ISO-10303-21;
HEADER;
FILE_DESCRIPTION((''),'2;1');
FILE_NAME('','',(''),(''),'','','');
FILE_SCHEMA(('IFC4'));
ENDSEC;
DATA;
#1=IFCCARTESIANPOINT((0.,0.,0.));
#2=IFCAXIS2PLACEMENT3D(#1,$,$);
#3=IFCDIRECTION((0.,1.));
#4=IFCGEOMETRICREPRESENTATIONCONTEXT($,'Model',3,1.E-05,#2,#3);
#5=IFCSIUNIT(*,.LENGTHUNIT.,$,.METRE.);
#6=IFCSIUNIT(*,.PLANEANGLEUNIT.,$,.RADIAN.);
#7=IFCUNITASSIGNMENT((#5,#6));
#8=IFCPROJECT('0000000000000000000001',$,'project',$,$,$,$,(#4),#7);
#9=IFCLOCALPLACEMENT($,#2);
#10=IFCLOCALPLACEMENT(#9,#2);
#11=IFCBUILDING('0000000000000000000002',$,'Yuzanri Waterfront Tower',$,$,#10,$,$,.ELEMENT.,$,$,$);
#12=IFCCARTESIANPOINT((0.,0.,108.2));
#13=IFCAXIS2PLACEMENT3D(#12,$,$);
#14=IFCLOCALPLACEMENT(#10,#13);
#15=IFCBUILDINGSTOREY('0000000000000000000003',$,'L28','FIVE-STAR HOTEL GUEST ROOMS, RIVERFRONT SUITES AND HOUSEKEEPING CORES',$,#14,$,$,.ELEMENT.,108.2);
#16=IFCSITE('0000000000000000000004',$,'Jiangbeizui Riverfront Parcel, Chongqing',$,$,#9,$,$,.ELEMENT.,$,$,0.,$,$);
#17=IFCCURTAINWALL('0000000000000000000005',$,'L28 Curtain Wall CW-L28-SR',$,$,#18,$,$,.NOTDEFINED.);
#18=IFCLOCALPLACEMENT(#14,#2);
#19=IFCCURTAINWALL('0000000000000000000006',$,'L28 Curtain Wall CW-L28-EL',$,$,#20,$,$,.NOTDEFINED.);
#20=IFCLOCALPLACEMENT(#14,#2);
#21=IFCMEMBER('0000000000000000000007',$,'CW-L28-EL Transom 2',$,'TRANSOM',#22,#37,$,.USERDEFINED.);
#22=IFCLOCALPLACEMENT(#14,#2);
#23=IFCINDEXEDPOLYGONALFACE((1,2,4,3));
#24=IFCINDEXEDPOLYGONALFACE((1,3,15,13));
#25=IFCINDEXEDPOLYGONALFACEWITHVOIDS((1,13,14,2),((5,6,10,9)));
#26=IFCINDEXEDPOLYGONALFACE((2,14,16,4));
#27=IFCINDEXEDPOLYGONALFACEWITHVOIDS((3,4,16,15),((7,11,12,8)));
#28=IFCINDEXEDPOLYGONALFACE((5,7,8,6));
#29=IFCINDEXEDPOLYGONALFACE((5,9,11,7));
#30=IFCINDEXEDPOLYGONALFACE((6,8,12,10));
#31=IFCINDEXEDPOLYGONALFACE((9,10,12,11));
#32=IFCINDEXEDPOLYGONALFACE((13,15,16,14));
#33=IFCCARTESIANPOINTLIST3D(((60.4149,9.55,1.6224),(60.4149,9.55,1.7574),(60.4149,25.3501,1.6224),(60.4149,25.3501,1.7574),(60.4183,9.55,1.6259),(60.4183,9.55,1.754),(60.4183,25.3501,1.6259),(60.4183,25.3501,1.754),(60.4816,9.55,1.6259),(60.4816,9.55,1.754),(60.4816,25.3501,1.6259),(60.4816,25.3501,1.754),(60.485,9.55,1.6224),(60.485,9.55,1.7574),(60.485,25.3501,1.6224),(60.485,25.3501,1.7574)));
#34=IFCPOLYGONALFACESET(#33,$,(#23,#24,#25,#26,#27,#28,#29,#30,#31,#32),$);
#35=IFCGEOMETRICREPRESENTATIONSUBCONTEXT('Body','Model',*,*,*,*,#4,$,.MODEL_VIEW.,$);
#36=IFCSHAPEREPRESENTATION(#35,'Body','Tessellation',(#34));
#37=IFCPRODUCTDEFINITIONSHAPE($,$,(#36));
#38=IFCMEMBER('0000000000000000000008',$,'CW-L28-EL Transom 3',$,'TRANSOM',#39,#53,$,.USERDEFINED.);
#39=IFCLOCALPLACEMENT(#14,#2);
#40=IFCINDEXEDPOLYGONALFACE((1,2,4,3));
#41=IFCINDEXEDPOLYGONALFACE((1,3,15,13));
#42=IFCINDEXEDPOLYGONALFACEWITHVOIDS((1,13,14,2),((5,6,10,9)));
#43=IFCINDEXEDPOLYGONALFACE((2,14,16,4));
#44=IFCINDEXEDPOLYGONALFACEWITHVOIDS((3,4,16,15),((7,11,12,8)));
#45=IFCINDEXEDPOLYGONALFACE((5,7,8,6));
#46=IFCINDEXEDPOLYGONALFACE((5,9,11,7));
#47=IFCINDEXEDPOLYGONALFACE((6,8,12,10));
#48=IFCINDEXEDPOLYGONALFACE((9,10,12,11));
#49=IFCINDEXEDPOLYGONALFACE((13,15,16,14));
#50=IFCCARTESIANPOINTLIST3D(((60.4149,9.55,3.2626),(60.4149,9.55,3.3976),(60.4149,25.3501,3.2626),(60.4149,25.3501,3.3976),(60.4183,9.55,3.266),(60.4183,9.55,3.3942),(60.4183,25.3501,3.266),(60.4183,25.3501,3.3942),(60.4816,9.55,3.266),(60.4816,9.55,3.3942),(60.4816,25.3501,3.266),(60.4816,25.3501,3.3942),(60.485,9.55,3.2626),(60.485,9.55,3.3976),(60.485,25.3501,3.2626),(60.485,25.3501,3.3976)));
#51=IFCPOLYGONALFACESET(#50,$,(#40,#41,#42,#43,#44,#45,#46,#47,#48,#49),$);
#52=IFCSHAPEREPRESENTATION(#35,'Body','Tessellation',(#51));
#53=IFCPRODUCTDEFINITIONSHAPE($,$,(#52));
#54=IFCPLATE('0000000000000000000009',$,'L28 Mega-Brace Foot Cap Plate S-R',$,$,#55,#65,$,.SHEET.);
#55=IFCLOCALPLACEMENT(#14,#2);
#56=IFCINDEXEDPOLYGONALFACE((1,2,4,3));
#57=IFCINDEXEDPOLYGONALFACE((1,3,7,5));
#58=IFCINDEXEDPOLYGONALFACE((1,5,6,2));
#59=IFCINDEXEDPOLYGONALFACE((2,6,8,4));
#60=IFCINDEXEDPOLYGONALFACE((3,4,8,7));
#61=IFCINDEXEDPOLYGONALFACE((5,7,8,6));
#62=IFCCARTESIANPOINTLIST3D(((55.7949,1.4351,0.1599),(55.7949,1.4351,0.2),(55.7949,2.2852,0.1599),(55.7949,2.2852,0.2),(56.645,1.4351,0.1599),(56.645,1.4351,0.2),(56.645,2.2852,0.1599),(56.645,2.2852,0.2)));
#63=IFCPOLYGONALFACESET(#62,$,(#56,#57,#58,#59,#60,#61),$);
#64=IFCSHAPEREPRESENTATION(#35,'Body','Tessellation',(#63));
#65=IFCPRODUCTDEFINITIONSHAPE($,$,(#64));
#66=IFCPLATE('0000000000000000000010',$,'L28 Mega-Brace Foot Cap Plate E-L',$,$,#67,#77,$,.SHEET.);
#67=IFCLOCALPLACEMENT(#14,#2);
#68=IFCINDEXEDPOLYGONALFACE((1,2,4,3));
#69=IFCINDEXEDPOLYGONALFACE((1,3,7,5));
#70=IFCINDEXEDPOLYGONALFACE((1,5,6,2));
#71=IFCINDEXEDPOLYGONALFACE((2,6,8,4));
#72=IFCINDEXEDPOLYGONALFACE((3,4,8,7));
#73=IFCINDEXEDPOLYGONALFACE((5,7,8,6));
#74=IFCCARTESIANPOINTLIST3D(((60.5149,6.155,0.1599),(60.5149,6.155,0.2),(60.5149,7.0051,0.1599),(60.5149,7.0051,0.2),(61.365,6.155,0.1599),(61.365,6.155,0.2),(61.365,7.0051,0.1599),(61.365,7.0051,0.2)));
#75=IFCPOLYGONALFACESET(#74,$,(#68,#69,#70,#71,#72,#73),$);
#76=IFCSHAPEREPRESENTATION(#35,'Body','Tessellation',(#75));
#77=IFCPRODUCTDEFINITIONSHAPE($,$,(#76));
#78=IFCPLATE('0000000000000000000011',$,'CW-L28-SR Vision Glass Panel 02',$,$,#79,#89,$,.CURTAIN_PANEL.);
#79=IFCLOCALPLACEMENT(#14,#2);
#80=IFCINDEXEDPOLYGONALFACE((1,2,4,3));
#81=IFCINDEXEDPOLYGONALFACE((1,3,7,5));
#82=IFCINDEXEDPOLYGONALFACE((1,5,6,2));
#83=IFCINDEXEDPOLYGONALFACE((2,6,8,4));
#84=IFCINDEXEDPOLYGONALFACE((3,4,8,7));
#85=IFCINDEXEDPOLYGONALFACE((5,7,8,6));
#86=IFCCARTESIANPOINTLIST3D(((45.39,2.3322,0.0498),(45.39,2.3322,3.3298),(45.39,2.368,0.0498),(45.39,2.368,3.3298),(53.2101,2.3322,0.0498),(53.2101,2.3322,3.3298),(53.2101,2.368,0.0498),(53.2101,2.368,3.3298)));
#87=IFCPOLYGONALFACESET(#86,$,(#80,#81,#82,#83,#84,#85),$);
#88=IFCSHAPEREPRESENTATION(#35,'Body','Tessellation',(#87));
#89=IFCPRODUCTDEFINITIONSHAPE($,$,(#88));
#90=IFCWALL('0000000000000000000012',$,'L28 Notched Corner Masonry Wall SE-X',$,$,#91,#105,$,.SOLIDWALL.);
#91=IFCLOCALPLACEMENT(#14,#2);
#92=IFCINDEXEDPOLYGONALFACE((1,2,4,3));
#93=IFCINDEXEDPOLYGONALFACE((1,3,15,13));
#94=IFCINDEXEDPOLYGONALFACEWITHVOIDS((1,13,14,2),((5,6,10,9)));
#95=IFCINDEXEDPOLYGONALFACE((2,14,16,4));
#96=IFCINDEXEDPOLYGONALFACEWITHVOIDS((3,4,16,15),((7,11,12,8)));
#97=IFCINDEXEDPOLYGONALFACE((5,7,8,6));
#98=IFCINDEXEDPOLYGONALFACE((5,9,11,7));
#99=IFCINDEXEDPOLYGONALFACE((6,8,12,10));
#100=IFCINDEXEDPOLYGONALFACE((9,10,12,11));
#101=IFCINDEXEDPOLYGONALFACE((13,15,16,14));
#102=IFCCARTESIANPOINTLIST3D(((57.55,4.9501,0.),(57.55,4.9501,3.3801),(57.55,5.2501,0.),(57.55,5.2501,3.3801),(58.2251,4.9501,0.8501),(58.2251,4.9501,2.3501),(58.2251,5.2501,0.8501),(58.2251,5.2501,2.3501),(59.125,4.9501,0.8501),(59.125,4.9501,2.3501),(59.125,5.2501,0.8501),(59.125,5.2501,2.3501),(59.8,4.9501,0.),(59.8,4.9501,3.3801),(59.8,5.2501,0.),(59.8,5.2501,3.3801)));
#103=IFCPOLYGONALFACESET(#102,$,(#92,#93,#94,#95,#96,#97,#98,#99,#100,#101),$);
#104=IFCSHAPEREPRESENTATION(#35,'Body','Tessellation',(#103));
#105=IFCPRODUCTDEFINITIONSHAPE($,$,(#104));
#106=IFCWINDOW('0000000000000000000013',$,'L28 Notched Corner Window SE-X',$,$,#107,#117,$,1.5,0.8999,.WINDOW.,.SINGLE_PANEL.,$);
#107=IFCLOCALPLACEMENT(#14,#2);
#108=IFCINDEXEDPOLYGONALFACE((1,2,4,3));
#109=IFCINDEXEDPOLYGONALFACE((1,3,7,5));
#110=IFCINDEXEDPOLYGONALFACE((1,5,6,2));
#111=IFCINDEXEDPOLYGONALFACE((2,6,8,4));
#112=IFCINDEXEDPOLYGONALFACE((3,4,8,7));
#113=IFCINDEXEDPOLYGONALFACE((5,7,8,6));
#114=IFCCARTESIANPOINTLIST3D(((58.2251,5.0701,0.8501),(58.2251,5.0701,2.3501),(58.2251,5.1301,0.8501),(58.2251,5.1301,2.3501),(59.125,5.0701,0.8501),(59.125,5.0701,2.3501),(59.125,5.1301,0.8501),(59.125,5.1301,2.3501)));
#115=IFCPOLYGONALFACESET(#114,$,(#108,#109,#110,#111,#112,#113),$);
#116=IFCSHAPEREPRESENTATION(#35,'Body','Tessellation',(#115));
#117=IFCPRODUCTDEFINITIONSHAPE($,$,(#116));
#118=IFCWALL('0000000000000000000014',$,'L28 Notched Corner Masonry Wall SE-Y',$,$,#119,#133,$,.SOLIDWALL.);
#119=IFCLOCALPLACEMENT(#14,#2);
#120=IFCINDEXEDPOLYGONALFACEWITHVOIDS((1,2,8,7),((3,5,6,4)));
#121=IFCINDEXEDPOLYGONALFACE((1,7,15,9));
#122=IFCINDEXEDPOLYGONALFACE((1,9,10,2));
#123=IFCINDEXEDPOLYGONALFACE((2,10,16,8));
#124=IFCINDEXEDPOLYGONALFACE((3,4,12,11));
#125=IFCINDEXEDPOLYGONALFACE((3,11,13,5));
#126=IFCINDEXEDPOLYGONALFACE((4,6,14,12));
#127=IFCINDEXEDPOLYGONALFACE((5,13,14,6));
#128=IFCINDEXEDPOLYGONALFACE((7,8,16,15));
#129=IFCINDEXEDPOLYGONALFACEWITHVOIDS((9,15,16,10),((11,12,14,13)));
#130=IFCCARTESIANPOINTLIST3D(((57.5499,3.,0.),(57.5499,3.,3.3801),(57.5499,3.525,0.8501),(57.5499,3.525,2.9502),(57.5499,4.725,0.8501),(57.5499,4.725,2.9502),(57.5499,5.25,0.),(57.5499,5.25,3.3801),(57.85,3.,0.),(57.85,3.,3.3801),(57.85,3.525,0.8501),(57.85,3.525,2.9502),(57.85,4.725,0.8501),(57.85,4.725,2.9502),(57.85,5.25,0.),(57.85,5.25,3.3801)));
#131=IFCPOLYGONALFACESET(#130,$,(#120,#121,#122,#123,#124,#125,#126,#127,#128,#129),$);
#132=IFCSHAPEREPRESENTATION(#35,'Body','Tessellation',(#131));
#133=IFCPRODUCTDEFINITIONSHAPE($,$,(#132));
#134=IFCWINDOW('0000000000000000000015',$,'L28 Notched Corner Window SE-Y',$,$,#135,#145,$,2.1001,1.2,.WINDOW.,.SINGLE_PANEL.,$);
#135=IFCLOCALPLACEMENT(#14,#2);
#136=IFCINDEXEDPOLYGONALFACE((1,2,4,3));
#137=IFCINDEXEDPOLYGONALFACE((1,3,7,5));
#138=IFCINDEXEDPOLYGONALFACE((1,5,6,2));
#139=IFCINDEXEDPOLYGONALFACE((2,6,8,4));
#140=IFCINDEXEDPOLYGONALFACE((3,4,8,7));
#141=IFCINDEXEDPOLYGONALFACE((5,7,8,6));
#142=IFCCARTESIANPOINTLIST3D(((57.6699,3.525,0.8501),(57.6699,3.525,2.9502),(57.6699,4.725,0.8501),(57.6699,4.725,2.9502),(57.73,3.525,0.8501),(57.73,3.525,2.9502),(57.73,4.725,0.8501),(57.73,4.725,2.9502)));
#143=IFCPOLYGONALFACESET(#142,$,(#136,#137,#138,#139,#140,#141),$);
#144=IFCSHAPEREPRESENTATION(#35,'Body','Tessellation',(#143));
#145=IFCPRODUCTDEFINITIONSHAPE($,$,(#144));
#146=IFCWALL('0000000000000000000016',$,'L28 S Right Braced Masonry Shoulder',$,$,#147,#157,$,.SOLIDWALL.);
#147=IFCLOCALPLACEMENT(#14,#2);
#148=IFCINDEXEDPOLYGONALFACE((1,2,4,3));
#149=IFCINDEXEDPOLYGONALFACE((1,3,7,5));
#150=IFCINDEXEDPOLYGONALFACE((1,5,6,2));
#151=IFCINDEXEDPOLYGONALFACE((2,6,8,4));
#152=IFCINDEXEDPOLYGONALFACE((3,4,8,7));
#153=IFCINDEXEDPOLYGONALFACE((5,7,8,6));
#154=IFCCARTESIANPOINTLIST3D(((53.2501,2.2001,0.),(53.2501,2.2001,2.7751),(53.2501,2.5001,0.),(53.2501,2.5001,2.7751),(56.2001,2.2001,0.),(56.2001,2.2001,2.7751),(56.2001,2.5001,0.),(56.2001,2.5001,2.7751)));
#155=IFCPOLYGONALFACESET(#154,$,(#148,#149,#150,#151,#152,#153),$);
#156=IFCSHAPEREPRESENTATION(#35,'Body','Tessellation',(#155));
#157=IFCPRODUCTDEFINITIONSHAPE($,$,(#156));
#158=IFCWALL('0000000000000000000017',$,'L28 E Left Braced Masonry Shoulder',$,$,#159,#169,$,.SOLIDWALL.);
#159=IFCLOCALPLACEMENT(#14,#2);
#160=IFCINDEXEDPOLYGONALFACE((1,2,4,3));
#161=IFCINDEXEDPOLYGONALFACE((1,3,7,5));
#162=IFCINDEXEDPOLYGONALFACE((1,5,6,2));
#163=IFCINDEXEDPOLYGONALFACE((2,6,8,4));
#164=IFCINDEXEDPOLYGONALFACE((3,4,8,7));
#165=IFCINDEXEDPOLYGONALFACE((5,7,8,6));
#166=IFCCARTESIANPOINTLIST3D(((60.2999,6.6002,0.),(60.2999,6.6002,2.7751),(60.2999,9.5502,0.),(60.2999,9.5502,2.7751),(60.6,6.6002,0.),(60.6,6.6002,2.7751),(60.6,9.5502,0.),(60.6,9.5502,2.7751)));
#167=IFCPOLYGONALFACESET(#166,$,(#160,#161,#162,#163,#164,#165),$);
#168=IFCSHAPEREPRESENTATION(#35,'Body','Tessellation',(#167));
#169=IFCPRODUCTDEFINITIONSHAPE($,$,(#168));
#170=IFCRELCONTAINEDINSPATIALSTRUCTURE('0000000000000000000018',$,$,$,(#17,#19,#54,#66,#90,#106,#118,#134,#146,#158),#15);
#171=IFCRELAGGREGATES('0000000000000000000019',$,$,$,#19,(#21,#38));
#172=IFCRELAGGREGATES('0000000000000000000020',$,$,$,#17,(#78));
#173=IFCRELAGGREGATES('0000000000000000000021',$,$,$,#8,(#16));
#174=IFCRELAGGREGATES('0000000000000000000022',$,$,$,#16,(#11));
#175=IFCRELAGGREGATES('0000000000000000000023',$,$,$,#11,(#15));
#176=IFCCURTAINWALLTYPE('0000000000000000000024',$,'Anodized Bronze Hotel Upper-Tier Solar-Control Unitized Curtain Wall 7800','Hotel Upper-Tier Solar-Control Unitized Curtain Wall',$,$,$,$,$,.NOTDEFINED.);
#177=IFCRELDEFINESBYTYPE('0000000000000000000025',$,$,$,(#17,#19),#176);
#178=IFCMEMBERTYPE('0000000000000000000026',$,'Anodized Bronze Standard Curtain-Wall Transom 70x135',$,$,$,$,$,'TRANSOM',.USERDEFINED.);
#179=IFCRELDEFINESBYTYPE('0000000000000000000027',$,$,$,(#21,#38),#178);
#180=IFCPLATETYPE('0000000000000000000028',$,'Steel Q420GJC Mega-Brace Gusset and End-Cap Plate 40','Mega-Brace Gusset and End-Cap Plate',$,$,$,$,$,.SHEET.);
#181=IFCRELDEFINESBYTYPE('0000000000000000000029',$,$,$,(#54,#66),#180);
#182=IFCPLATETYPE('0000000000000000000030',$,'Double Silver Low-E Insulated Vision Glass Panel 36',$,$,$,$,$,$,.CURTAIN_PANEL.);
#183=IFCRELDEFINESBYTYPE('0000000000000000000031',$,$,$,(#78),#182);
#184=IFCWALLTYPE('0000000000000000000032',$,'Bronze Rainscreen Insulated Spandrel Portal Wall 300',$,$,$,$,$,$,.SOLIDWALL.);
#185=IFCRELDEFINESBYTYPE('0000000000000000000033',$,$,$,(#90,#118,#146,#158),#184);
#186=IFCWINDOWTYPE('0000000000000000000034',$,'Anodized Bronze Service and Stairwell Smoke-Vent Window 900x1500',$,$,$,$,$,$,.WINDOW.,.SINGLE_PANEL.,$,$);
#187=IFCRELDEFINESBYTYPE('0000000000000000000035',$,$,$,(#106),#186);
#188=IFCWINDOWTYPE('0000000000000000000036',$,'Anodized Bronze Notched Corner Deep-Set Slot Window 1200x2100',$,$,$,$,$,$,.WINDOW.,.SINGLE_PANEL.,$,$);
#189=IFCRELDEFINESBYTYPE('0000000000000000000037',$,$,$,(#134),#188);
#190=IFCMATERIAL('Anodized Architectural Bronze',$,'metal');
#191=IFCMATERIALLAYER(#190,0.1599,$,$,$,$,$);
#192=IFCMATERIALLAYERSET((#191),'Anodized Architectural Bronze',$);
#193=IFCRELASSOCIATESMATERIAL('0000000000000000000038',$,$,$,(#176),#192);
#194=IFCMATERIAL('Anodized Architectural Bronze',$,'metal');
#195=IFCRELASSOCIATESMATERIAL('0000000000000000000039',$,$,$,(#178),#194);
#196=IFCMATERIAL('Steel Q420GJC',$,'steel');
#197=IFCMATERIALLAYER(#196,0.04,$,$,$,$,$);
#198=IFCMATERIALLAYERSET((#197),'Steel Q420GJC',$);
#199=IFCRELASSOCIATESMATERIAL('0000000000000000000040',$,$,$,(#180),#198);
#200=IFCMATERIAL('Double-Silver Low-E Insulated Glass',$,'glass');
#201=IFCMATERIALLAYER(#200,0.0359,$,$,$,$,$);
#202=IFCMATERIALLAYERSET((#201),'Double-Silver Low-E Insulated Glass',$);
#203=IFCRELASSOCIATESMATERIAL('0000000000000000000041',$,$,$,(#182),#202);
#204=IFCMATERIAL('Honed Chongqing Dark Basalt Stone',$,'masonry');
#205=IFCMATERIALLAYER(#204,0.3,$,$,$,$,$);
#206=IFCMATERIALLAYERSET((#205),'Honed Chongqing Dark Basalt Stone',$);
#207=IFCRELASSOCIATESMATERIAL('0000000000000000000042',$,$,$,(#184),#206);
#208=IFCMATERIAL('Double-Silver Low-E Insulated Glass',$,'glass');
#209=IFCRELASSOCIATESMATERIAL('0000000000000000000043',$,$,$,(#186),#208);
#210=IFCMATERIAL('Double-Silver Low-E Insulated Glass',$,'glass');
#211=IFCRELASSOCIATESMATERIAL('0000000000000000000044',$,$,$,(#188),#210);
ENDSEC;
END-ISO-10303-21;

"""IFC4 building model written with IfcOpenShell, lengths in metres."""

from ifc_helpers import new_model, si_unit, direction, frame, frame_2d, origin, origin_2d, place, context, subcontext, project, spatial, rectangle, hollow_rectangle, extrude, source, transform, mapped, material, layer, layer_set, material_profile, profile_set, type_object, element, fill, aggregate, save


model = new_model("IFC4")

# Units and contexts
model_context = context("Model", 3, precision=1e-05, world=origin(), true_north=direction((0.0, 1.0)))
body_context = subcontext(model_context, "Body", "Model", "MODEL_VIEW")
ifc_project = project(units=[si_unit("LENGTHUNIT", "METRE"), si_unit("PLANEANGLEUNIT", "RADIAN")], contexts=[model_context])

# Site, building, storey
site_placement = place(None, origin())
site = spatial("IfcSite", under=ifc_project, at=site_placement, Name="Jiangbeizui Riverfront Parcel, Chongqing", CompositionType="ELEMENT", RefElevation=0.0)
building_placement = place(site_placement, origin())
building = spatial("IfcBuilding", under=site, at=building_placement, Name="Yuzanri Waterfront Tower", CompositionType="ELEMENT")
storey_placement = place(building_placement, frame((0.0, 0.0, 108.2)))
storey = spatial("IfcBuildingStorey", under=building, at=storey_placement, Name="L28", Description="FIVE-STAR HOTEL GUEST ROOMS, RIVERFRONT SUITES AND HOUSEKEEPING CORES", CompositionType="ELEMENT", Elevation=108.2)

# Curtain walls, members
ifc_material_1 = material(Name="Anodized Architectural Bronze", Category="metal")
ifc_layer_1 = layer(ifc_material_1, 0.1599)
ifc_layer_set_1 = layer_set([ifc_layer_1], Name="Anodized Architectural Bronze")
curtain_wall_type = type_object("IfcCurtainWallType", Name="Anodized Bronze Hotel Upper-Tier Solar-Control Unitized Curtain Wall 7800", Description="Hotel Upper-Tier Solar-Control Unitized Curtain Wall", PredefinedType="NOTDEFINED", material=ifc_layer_set_1)
curtain_wall_1_placement = place(storey_placement, origin())
curtain_wall_1 = element("IfcCurtainWall", 1, at=curtain_wall_1_placement, inside=storey, type_object=curtain_wall_type, Name="L28 Curtain Wall CW-L28-SR", PredefinedType="NOTDEFINED")
curtain_wall_2_placement = place(storey_placement, origin())
curtain_wall_2 = element("IfcCurtainWall", 2, at=curtain_wall_2_placement, inside=storey, type_object=curtain_wall_type, Name="L28 Curtain Wall CW-L28-EL", PredefinedType="NOTDEFINED")
ifc_material_2 = material(Name="Anodized Architectural Bronze", Category="metal")
ifc_material_profile_1 = material_profile(ifc_material_2, hollow_rectangle(XDim=0.0701, YDim=0.135, WallThickness=0.0034, at=origin_2d()), Name="CWT 70x135")
ifc_profile_set_1 = profile_set([ifc_material_profile_1], Name="Anodized Architectural Bronze")
member_type_1 = type_object("IfcMemberType", Name="Anodized Bronze Standard Curtain-Wall Transom 70x135", ElementType="TRANSOM", PredefinedType="USERDEFINED", material=ifc_profile_set_1)
shared_shape_1 = source(origin(), body_context, "Body", "SweptSolid", [
    extrude(hollow_rectangle(XDim=0.0701, YDim=0.135, WallThickness=0.0034, at=origin_2d()), origin(), (0.0, 0.0, 1.0), 15.8),
])
member_1_placement = place(storey_placement, frame((60.45, 9.55, 1.6899), z_axis=(0.0, 1.0, 0.0), x_axis=(-1.0, 0.0, 0.0)))
member_1 = element("IfcMember", 3, at=member_1_placement, type_object=member_type_1, Name="CW-L28-EL Transom 2", ObjectType="TRANSOM", PredefinedType="USERDEFINED", context=body_context, shape_type="MappedRepresentation", body=[
    mapped(shared_shape_1, transform((0.0, 0.0, 0.0), scale=1.0)),
])
member_2_placement = place(storey_placement, frame((60.45, 9.55, 3.3301), z_axis=(0.0, 1.0, 0.0), x_axis=(-1.0, 0.0, 0.0)))
member_2 = element("IfcMember", 4, at=member_2_placement, type_object=member_type_1, Name="CW-L28-EL Transom 3", ObjectType="TRANSOM", PredefinedType="USERDEFINED", context=body_context, shape_type="MappedRepresentation", body=[
    mapped(shared_shape_1, transform((0.0, 0.0, 0.0), scale=1.0)),
])
aggregate(curtain_wall_2, [member_1, member_2])

# Plates
ifc_material_3 = material(Name="Steel Q420GJC", Category="steel")
ifc_layer_2 = layer(ifc_material_3, 0.04)
ifc_layer_set_2 = layer_set([ifc_layer_2], Name="Steel Q420GJC")
plate_type_1 = type_object("IfcPlateType", Name="Steel Q420GJC Mega-Brace Gusset and End-Cap Plate 40", Description="Mega-Brace Gusset and End-Cap Plate", PredefinedType="SHEET", material=ifc_layer_set_2)
shared_shape_2 = source(origin(), body_context, "Body", "SweptSolid", [
    extrude(rectangle(XDim=0.8501, YDim=0.8501, at=origin_2d()), origin(), (0.0, 0.0, 1.0), 0.04),
])
for number, where, z_axis, x_axis, name in (
    (5, (56.22, 1.8601, 0.1599), (0.0, 0.0, 1.0), (1.0, 0.0, 0.0), "L28 Mega-Brace Foot Cap Plate S-R"),
    (6, (60.9399, 6.5801, 0.1599), (0.0, 0.0, 1.0), (1.0, 0.0, 0.0), "L28 Mega-Brace Foot Cap Plate E-L"),
):
    element("IfcPlate", number, at=place(storey_placement, frame(where, z_axis=z_axis, x_axis=x_axis)), inside=storey, type_object=plate_type_1, Name=name, PredefinedType="SHEET", context=body_context, shape_type="MappedRepresentation", body=[
        mapped(shared_shape_2, transform((0.0, 0.0, 0.0), scale=1.0)),
    ])

# Plate
ifc_material_4 = material(Name="Double-Silver Low-E Insulated Glass", Category="glass")
ifc_layer_3 = layer(ifc_material_4, 0.0359)
ifc_layer_set_3 = layer_set([ifc_layer_3], Name="Double-Silver Low-E Insulated Glass")
plate_type_2 = type_object("IfcPlateType", Name="Double Silver Low-E Insulated Vision Glass Panel 36", PredefinedType="CURTAIN_PANEL", material=ifc_layer_set_3)
shared_shape_3 = source(origin(), body_context, "Body", "SweptSolid", [
    extrude(rectangle(XDim=7.8201, YDim=0.0359, at=origin_2d()), origin(), (0.0, 0.0, 1.0), 3.28),
])
plate_placement = place(storey_placement, frame((49.3, 2.3501, 0.0498), z_axis=(0.0, 0.0, 1.0), x_axis=(1.0, 0.0, 0.0)))
plate = element("IfcPlate", 7, at=plate_placement, type_object=plate_type_2, Name="CW-L28-SR Vision Glass Panel 02", PredefinedType="CURTAIN_PANEL", context=body_context, shape_type="MappedRepresentation", body=[
    mapped(shared_shape_3, transform((0.0, 0.0, 0.0), scale=1.0)),
])
aggregate(curtain_wall_1, [plate])

# Walls, openings, windows
ifc_material_5 = material(Name="Honed Chongqing Dark Basalt Stone", Category="masonry")
ifc_layer_4 = layer(ifc_material_5, 0.3)
ifc_layer_set_4 = layer_set([ifc_layer_4], Name="Honed Chongqing Dark Basalt Stone")
wall_type_1 = type_object("IfcWallType", Name="Bronze Rainscreen Insulated Spandrel Portal Wall 300", PredefinedType="SOLIDWALL", material=ifc_layer_set_4)
wall_1_placement = place(storey_placement, frame((57.55, 5.1001, 0.0), z_axis=(0.0, 0.0, 1.0), x_axis=(1.0, 0.0, 0.0)))
wall_1 = element("IfcWall", 8, at=wall_1_placement, inside=storey, type_object=wall_type_1, Name="L28 Notched Corner Masonry Wall SE-X", PredefinedType="SOLIDWALL", context=body_context, shape_type="SweptSolid", body=[
    extrude(rectangle(XDim=2.25, YDim=0.3, at=frame_2d((1.125, 0.0))), origin(), (0.0, 0.0, 1.0), 3.3801),
])
opening_1_placement = place(wall_1_placement, frame((0.675, 0.0, 0.8501)))
opening_1 = element("IfcOpeningElement", 9, at=opening_1_placement, cuts=wall_1, PredefinedType="OPENING", context=body_context, shape_type="SweptSolid", body=[
    extrude(rectangle(XDim=0.8999, YDim=1.5, at=frame_2d((0.45, 0.75))), frame((0.0, 0.165, 0.0), z_axis=(0.0, -1.0, 0.0), x_axis=(1.0, 0.0, 0.0)), (0.0, 0.0, 1.0), 0.3298),
])
ifc_material_6 = material(Name="Double-Silver Low-E Insulated Glass", Category="glass")
window_type_1 = type_object("IfcWindowType", Name="Anodized Bronze Service and Stairwell Smoke-Vent Window 900x1500", PartitioningType="SINGLE_PANEL", PredefinedType="WINDOW", material=ifc_material_6)
shared_shape_4 = source(origin(), body_context, "Body", "SweptSolid", [
    extrude(rectangle(XDim=0.8999, YDim=1.5, at=frame_2d((0.45, 0.75))), frame((0.0, 0.03, 0.0), z_axis=(0.0, -1.0, 0.0), x_axis=(1.0, 0.0, 0.0)), (0.0, 0.0, 1.0), 0.0601),
])
window_1_placement = place(opening_1_placement, origin())
window_1 = element("IfcWindow", 10, at=window_1_placement, inside=storey, type_object=window_type_1, Name="L28 Notched Corner Window SE-X", OverallHeight=1.5, OverallWidth=0.8999, PartitioningType="SINGLE_PANEL", PredefinedType="WINDOW", context=body_context, shape_type="MappedRepresentation", body=[
    mapped(shared_shape_4, transform((0.0, 0.0, 0.0), scale=1.0)),
])
fill(opening_1, window_1)
wall_2_placement = place(storey_placement, frame((57.7, 3.0, 0.0), z_axis=(0.0, 0.0, 1.0), x_axis=(0.0, 1.0, 0.0)))
wall_2 = element("IfcWall", 11, at=wall_2_placement, inside=storey, type_object=wall_type_1, Name="L28 Notched Corner Masonry Wall SE-Y", PredefinedType="SOLIDWALL", context=body_context, shape_type="SweptSolid", body=[
    extrude(rectangle(XDim=2.25, YDim=0.3, at=frame_2d((1.125, 0.0))), origin(), (0.0, 0.0, 1.0), 3.3801),
])
opening_2_placement = place(wall_2_placement, frame((0.5249, 0.0, 0.8501)))
opening_2 = element("IfcOpeningElement", 12, at=opening_2_placement, cuts=wall_2, PredefinedType="OPENING", context=body_context, shape_type="SweptSolid", body=[
    extrude(rectangle(XDim=1.2, YDim=2.1001, at=frame_2d((0.6001, 1.05))), frame((0.0, 0.165, 0.0), z_axis=(0.0, -1.0, 0.0), x_axis=(1.0, 0.0, 0.0)), (0.0, 0.0, 1.0), 0.3298),
])
ifc_material_7 = material(Name="Double-Silver Low-E Insulated Glass", Category="glass")
window_type_2 = type_object("IfcWindowType", Name="Anodized Bronze Notched Corner Deep-Set Slot Window 1200x2100", PartitioningType="SINGLE_PANEL", PredefinedType="WINDOW", material=ifc_material_7)
shared_shape_5 = source(origin(), body_context, "Body", "SweptSolid", [
    extrude(rectangle(XDim=1.2, YDim=2.1001, at=frame_2d((0.6001, 1.05))), frame((0.0, 0.03, 0.0), z_axis=(0.0, -1.0, 0.0), x_axis=(1.0, 0.0, 0.0)), (0.0, 0.0, 1.0), 0.0601),
])
window_2_placement = place(opening_2_placement, origin())
window_2 = element("IfcWindow", 13, at=window_2_placement, inside=storey, type_object=window_type_2, Name="L28 Notched Corner Window SE-Y", OverallHeight=2.1001, OverallWidth=1.2, PartitioningType="SINGLE_PANEL", PredefinedType="WINDOW", context=body_context, shape_type="MappedRepresentation", body=[
    mapped(shared_shape_5, transform((0.0, 0.0, 0.0), scale=1.0)),
])
fill(opening_2, window_2)

# Walls
shared_shape_6 = source(origin(), body_context, "Body", "SweptSolid", [
    extrude(rectangle(XDim=2.95, YDim=0.3, at=frame_2d((1.4751, 0.0))), origin(), (0.0, 0.0, 1.0), 2.7751),
])
for number, where, z_axis, x_axis, name in (
    (14, (53.25, 2.3501, 0.0), (0.0, 0.0, 1.0), (1.0, 0.0, 0.0), "L28 S Right Braced Masonry Shoulder"),
    (15, (60.45, 6.6001, 0.0), (0.0, 0.0, 1.0), (0.0, 1.0, 0.0), "L28 E Left Braced Masonry Shoulder"),
):
    element("IfcWall", number, at=place(storey_placement, frame(where, z_axis=z_axis, x_axis=x_axis)), inside=storey, type_object=wall_type_1, Name=name, PredefinedType="SOLIDWALL", context=body_context, shape_type="MappedRepresentation", body=[
        mapped(shared_shape_6, transform((0.0, 0.0, 0.0), scale=1.0)),
    ])

save(model, "model.ifc")
